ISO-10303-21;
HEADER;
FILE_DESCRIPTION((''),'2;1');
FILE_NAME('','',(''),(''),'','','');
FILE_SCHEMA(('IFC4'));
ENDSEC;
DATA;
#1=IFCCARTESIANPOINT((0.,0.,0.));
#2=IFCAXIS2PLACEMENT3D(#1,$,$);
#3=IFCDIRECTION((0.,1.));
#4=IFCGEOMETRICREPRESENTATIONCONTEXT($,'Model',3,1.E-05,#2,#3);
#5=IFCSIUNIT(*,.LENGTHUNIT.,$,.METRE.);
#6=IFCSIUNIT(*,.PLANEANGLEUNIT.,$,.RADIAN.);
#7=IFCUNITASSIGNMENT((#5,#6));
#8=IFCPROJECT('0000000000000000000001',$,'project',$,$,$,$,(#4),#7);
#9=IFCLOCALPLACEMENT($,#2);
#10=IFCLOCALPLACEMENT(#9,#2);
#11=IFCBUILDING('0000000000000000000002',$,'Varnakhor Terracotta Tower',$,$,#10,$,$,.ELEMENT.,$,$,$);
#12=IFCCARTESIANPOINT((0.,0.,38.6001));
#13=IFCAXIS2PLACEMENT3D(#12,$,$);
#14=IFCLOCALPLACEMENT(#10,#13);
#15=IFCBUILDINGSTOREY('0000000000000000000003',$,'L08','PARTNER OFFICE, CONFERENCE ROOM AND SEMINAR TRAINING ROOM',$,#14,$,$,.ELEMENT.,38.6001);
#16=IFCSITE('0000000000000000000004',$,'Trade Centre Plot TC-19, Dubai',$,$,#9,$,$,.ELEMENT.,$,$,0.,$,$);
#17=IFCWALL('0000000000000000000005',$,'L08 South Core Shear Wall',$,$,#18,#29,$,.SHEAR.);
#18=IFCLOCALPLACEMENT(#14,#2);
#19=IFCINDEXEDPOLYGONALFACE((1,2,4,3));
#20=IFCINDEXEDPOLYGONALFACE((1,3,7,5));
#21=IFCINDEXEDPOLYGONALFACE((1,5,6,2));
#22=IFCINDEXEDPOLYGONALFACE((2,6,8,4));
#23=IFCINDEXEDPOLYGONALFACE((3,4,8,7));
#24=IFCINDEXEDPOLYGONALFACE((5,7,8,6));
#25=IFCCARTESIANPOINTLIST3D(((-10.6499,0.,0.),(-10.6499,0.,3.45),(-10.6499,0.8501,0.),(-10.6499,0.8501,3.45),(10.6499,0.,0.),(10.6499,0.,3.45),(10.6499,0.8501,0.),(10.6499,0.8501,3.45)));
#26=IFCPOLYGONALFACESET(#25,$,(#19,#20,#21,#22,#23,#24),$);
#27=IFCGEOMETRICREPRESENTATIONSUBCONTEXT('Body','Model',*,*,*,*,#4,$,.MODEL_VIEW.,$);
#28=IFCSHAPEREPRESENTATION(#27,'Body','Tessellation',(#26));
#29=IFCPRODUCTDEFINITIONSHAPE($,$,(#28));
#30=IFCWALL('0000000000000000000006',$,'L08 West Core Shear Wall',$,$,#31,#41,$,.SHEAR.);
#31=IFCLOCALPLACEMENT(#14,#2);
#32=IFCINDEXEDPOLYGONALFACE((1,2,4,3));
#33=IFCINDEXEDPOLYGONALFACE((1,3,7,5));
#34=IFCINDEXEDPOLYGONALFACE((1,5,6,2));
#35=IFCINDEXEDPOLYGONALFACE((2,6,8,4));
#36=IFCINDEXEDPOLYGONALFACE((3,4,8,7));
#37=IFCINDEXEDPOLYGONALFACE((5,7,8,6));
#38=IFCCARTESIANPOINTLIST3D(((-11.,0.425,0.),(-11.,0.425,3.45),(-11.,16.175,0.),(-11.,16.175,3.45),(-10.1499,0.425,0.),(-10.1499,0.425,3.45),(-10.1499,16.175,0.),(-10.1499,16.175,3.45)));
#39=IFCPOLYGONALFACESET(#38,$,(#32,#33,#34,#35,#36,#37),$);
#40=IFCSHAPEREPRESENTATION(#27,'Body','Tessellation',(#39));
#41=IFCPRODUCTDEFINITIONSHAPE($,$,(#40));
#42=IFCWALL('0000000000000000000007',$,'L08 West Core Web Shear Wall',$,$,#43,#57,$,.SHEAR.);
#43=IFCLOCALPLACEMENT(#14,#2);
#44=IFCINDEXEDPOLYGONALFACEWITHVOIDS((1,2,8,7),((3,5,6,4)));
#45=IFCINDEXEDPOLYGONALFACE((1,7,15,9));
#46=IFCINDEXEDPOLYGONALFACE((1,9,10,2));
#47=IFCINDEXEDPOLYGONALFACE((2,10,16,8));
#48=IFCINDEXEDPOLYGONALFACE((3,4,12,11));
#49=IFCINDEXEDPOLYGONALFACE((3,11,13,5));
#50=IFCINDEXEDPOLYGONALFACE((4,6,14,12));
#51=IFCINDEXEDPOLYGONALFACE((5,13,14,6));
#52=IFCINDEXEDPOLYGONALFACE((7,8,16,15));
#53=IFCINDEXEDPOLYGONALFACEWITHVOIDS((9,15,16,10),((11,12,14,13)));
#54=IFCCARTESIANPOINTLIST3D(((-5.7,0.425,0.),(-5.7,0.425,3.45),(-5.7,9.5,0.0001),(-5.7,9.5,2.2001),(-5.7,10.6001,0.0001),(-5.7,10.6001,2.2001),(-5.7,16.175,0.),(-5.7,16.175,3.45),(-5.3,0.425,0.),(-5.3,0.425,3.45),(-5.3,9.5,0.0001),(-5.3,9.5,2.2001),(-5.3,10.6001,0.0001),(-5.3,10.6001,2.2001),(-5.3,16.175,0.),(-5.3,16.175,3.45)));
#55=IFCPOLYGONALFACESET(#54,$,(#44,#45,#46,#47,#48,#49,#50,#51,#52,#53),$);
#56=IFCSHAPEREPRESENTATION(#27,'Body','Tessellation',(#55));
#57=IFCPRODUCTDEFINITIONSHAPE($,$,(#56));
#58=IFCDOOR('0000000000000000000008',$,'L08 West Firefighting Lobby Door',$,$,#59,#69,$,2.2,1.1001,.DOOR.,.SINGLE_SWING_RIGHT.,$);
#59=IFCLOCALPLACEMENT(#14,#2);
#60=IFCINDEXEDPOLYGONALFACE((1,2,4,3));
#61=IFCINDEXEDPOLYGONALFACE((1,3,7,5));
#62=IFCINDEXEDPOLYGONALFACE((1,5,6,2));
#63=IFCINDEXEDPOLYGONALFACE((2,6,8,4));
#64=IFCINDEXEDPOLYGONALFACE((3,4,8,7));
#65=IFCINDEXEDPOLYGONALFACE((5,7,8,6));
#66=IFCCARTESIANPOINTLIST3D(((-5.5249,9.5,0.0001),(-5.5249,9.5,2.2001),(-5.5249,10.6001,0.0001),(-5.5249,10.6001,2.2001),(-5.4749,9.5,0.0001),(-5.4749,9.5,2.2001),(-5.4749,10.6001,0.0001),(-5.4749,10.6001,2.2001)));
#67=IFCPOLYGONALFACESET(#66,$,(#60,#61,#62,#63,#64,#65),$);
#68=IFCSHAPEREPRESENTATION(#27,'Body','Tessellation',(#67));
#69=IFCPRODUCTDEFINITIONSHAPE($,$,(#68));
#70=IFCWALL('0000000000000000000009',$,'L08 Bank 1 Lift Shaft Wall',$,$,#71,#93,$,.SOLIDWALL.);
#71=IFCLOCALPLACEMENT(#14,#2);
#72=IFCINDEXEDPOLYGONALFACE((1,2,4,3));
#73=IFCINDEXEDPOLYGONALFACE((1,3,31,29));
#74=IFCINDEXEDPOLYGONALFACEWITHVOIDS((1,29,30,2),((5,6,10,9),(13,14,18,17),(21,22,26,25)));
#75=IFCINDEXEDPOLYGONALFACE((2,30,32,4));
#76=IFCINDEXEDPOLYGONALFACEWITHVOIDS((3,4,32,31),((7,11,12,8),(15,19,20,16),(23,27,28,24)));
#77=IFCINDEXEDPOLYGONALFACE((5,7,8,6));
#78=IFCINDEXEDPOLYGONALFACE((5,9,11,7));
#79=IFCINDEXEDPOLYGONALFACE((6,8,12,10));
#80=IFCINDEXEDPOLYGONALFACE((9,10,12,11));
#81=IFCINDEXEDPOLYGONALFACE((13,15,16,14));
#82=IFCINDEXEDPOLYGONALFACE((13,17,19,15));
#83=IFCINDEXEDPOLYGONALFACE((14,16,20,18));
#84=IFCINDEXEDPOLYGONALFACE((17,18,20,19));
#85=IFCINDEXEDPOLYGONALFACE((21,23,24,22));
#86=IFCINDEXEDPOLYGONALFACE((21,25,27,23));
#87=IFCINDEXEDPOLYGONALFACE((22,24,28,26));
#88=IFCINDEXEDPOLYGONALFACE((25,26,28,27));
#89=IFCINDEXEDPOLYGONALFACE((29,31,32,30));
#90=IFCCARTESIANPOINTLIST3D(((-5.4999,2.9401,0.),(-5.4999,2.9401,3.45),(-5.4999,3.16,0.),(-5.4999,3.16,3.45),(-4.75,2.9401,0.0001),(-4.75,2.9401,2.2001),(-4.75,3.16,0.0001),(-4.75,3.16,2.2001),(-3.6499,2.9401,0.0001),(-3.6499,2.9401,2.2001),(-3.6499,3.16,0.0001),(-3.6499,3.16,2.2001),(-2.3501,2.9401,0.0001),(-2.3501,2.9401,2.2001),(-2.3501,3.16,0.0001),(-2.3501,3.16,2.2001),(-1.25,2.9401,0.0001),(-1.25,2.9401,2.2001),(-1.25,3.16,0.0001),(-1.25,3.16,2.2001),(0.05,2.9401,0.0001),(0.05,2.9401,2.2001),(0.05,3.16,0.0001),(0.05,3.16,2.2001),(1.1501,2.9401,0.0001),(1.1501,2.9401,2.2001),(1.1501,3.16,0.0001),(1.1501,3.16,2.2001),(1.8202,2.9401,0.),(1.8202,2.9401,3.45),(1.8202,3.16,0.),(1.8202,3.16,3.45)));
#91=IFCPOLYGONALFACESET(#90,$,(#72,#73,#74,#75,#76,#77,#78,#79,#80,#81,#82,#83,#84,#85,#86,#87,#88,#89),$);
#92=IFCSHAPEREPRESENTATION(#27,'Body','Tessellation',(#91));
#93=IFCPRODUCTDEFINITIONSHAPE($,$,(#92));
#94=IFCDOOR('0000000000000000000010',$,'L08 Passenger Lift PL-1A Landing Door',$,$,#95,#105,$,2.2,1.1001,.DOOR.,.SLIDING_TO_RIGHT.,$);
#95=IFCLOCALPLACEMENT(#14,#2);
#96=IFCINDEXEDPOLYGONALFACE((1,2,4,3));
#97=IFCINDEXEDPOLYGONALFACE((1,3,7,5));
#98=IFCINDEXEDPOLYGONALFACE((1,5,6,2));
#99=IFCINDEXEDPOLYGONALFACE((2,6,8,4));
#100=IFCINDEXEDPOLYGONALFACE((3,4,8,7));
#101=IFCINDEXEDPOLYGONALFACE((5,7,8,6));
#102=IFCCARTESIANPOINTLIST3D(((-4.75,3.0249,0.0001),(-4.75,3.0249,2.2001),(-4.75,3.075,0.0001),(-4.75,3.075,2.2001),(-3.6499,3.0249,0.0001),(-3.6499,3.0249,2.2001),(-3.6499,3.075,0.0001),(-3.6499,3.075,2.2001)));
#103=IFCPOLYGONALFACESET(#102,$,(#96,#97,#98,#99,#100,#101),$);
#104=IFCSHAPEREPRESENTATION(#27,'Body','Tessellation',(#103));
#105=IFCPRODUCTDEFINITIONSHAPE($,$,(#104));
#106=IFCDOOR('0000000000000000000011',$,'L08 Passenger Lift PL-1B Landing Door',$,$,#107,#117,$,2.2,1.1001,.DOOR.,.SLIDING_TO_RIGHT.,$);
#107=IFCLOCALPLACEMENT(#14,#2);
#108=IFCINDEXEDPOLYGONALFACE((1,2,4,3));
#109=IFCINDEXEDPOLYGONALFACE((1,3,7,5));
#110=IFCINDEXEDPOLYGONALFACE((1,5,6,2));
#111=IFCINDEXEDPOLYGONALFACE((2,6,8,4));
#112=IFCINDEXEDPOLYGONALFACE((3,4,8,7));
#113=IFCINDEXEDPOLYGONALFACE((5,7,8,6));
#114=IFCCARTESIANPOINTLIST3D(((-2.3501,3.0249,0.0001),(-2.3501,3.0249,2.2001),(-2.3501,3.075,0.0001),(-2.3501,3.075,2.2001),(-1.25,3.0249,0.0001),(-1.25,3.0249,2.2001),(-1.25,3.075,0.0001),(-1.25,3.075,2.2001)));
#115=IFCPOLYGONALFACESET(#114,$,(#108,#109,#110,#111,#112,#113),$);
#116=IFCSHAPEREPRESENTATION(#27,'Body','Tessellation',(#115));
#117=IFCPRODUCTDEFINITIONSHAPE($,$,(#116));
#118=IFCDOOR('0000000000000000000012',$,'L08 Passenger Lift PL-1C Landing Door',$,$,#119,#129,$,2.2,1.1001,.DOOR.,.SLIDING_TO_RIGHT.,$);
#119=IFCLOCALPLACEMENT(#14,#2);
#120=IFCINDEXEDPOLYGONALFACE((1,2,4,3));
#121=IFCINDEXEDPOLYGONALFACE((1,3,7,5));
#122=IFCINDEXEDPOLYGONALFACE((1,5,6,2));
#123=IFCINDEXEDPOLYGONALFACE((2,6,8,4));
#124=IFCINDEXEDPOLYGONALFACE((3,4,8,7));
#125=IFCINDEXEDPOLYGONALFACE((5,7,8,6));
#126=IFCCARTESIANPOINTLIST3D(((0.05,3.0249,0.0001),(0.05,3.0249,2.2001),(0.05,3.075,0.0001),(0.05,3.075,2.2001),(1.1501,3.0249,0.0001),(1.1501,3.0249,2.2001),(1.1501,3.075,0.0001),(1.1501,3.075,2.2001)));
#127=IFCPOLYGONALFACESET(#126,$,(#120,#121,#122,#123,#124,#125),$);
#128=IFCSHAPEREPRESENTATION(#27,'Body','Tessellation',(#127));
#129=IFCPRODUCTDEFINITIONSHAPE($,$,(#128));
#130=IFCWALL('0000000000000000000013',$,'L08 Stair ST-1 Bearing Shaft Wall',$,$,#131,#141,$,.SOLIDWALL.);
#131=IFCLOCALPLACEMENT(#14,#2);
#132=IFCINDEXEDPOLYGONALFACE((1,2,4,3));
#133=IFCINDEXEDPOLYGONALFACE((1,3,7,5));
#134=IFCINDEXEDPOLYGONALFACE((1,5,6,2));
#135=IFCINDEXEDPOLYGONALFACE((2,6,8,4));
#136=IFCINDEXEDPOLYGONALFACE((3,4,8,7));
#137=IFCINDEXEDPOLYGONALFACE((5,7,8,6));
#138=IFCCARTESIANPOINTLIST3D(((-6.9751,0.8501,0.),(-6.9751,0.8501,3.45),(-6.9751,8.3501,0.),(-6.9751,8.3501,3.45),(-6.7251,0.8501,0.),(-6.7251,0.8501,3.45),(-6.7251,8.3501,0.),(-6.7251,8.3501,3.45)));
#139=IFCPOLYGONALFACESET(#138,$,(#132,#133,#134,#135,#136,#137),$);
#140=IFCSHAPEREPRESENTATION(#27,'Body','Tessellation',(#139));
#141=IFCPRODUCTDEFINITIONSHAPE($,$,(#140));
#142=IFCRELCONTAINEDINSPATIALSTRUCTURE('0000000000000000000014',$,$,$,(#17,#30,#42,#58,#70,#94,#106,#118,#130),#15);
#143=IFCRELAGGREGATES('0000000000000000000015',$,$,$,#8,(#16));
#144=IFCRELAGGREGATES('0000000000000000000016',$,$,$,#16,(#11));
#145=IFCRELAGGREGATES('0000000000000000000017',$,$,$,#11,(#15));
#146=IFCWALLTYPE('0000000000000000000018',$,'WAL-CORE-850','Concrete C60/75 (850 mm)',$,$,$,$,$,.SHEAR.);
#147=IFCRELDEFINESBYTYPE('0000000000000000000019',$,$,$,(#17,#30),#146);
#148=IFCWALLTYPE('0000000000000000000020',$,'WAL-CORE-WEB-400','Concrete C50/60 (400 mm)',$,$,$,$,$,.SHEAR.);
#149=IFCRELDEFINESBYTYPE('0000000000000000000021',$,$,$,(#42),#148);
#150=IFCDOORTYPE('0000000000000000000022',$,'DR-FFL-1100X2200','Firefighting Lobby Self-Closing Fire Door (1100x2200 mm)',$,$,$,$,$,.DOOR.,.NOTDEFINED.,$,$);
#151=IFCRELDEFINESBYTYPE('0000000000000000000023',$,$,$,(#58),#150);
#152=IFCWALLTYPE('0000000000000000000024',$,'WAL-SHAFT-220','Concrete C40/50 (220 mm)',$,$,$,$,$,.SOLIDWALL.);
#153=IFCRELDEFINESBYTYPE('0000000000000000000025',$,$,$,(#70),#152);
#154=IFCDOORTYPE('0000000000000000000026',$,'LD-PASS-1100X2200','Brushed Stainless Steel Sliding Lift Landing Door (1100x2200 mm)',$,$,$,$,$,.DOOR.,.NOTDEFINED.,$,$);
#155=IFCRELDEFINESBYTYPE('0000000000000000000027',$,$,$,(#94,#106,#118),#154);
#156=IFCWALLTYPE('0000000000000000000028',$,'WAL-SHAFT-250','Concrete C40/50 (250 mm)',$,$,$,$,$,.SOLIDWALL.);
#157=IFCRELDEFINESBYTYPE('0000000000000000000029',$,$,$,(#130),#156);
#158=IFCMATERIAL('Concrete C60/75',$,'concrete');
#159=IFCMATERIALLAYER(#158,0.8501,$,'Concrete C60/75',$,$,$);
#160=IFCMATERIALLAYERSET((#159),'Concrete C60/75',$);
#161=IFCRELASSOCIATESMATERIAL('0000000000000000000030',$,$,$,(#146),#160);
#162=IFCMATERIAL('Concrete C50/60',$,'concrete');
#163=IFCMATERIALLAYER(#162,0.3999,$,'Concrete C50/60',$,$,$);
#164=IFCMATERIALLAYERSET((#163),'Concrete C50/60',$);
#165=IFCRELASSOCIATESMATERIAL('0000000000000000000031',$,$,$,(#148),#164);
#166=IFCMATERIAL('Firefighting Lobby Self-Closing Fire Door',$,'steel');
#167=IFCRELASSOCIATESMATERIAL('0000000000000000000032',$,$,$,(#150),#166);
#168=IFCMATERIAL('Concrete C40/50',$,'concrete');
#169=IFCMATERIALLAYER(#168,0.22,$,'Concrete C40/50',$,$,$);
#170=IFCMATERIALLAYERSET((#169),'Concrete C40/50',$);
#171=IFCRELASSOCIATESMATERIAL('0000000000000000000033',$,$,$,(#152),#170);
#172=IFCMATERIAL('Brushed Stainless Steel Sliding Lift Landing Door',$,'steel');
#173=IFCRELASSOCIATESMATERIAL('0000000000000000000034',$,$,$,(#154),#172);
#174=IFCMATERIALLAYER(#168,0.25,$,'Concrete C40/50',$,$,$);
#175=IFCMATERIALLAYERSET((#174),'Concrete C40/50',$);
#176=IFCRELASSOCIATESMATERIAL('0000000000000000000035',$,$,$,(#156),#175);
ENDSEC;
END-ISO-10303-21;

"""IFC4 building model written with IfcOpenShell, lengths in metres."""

from ifc_helpers import new_model, si_unit, direction, frame, frame_2d, origin, place, context, subcontext, project, spatial, rectangle, extrude, source, transform, mapped, material, layer, layer_set, type_object, type_shapes, element, fill, save


model = new_model("IFC4")

# Units and contexts
model_context = context("Model", 3, precision=1e-05, world=origin(), true_north=direction((0.0, 1.0)))
body_context = subcontext(model_context, "Body", "Model", "MODEL_VIEW")
ifc_project = project(units=[si_unit("LENGTHUNIT", "METRE"), si_unit("PLANEANGLEUNIT", "RADIAN")], contexts=[model_context])

# Site, building, storey
site_placement = place(None, origin())
site = spatial("IfcSite", under=ifc_project, at=site_placement, Name="Trade Centre Plot TC-19, Dubai", CompositionType="ELEMENT", RefElevation=0.0)
building_placement = place(site_placement, origin())
building = spatial("IfcBuilding", under=site, at=building_placement, Name="Varnakhor Terracotta Tower", CompositionType="ELEMENT")
storey_placement = place(building_placement, frame((0.0, 0.0, 38.6001)))
storey = spatial("IfcBuildingStorey", under=building, at=storey_placement, Name="L08", Description="PARTNER OFFICE, CONFERENCE ROOM AND SEMINAR TRAINING ROOM", CompositionType="ELEMENT", Elevation=38.6001)

# Shared definitions
ifc_material_1 = material(Name="Concrete C50/60", Category="concrete")

# Walls
ifc_material_2 = material(Name="Concrete C60/75", Category="concrete")
ifc_layer_1 = layer(ifc_material_2, 0.8501, Name="Concrete C60/75")
ifc_layer_set_1 = layer_set([ifc_layer_1], Name="Concrete C60/75")
wall_type_1 = type_object("IfcWallType", Name="WAL-CORE-850", Description="Concrete C60/75 (850 mm)", PredefinedType="SHEAR", material=ifc_layer_set_1)
wall_1_placement = place(storey_placement, frame((-10.6499, 0.425, 0.0), z_axis=(0.0, 0.0, 1.0), x_axis=(1.0, 0.0, 0.0)))
element("IfcWall", 1, at=wall_1_placement, inside=storey, type_object=wall_type_1, Name="L08 South Core Shear Wall", PredefinedType="SHEAR", context=body_context, shape_type="SweptSolid", body=[
    extrude(rectangle(XDim=21.2998, YDim=0.8501, at=frame_2d((10.6499, 0.0))), origin(), (0.0, 0.0, 1.0), 3.45),
])
wall_2_placement = place(storey_placement, frame((-10.575, 0.425, 0.0), z_axis=(0.0, 0.0, 1.0), x_axis=(0.0, 1.0, 0.0)))
element("IfcWall", 2, at=wall_2_placement, inside=storey, type_object=wall_type_1, Name="L08 West Core Shear Wall", PredefinedType="SHEAR", context=body_context, shape_type="SweptSolid", body=[
    extrude(rectangle(XDim=15.75, YDim=0.8501, at=frame_2d((7.875, 0.0))), origin(), (0.0, 0.0, 1.0), 3.45),
])

# Wall, opening, door
ifc_layer_2 = layer(ifc_material_1, 0.3999, Name="Concrete C50/60")
ifc_layer_set_2 = layer_set([ifc_layer_2], Name="Concrete C50/60")
wall_type_2 = type_object("IfcWallType", Name="WAL-CORE-WEB-400", Description="Concrete C50/60 (400 mm)", PredefinedType="SHEAR", material=ifc_layer_set_2)
wall_3_placement = place(storey_placement, frame((-5.5, 0.425, 0.0), z_axis=(0.0, 0.0, 1.0), x_axis=(0.0, 1.0, 0.0)))
wall_3 = element("IfcWall", 3, at=wall_3_placement, inside=storey, type_object=wall_type_2, Name="L08 West Core Web Shear Wall", PredefinedType="SHEAR", context=body_context, shape_type="SweptSolid", body=[
    extrude(rectangle(XDim=15.75, YDim=0.3999, at=frame_2d((7.875, 0.0))), origin(), (0.0, 0.0, 1.0), 3.45),
])
opening_1_placement = place(wall_3_placement, frame((9.075, 0.0, 0.0)))
opening_1 = element("IfcOpeningElement", 4, at=opening_1_placement, cuts=wall_3, PredefinedType="OPENING", context=body_context, shape_type="SweptSolid", body=[
    extrude(rectangle(XDim=1.1001, YDim=2.2, at=frame_2d((0.55, 1.1001))), frame((0.0, 0.21, 0.0), z_axis=(0.0, -1.0, 0.0), x_axis=(1.0, 0.0, 0.0)), (0.0, 0.0, 1.0), 0.4199),
])
ifc_material_3 = material(Name="Firefighting Lobby Self-Closing Fire Door", Category="steel")
door_type_1 = type_object("IfcDoorType", Name="DR-FFL-1100X2200", Description="Firefighting Lobby Self-Closing Fire Door (1100x2200 mm)", OperationType="NOTDEFINED", PredefinedType="DOOR", material=ifc_material_3)
shared_shape_1 = source(origin(), body_context, "Body", "SweptSolid", [
    extrude(rectangle(XDim=1.1001, YDim=2.2, at=frame_2d((0.55, 1.1001))), frame((0.0, 0.0249, 0.0), z_axis=(0.0, -1.0, 0.0), x_axis=(1.0, 0.0, 0.0)), (0.0, 0.0, 1.0), 0.05),
])
type_shapes(door_type_1, [shared_shape_1])
door_1_placement = place(opening_1_placement, origin())
door_1 = element("IfcDoor", 5, at=door_1_placement, inside=storey, type_object=door_type_1, Name="L08 West Firefighting Lobby Door", OperationType="SINGLE_SWING_RIGHT", OverallHeight=2.2, OverallWidth=1.1001, PredefinedType="DOOR", context=body_context, shape_type="MappedRepresentation", body=[
    mapped(shared_shape_1, transform((0.0, 0.0, 0.0), scale=1.0)),
])
fill(opening_1, door_1)

# Wall, openings, doors
ifc_material_4 = material(Name="Concrete C40/50", Category="concrete")
ifc_layer_3 = layer(ifc_material_4, 0.22, Name="Concrete C40/50")
ifc_layer_set_3 = layer_set([ifc_layer_3], Name="Concrete C40/50")
wall_type_3 = type_object("IfcWallType", Name="WAL-SHAFT-220", Description="Concrete C40/50 (220 mm)", PredefinedType="SOLIDWALL", material=ifc_layer_set_3)
wall_4_placement = place(storey_placement, frame((-5.5, 3.05, 0.0), z_axis=(0.0, 0.0, 1.0), x_axis=(1.0, 0.0, 0.0)))
wall_4 = element("IfcWall", 6, at=wall_4_placement, inside=storey, type_object=wall_type_3, Name="L08 Bank 1 Lift Shaft Wall", PredefinedType="SOLIDWALL", context=body_context, shape_type="SweptSolid", body=[
    extrude(rectangle(XDim=7.3201, YDim=0.22, at=frame_2d((3.6602, 0.0))), origin(), (0.0, 0.0, 1.0), 3.45),
])
opening_2_placement = place(wall_4_placement, frame((0.75, 0.0, 0.0)))
opening_2 = element("IfcOpeningElement", 7, at=opening_2_placement, cuts=wall_4, PredefinedType="OPENING", context=body_context, shape_type="SweptSolid", body=[
    extrude(rectangle(XDim=1.1001, YDim=2.2, at=frame_2d((0.55, 1.1001))), frame((0.0, 0.1201, 0.0), z_axis=(0.0, -1.0, 0.0), x_axis=(1.0, 0.0, 0.0)), (0.0, 0.0, 1.0), 0.24),
])
opening_3_placement = place(wall_4_placement, frame((3.1499, 0.0, 0.0)))
opening_3 = element("IfcOpeningElement", 8, at=opening_3_placement, cuts=wall_4, PredefinedType="OPENING", context=body_context, shape_type="SweptSolid", body=[
    extrude(rectangle(XDim=1.1001, YDim=2.2, at=frame_2d((0.55, 1.1001))), frame((0.0, 0.1201, 0.0), z_axis=(0.0, -1.0, 0.0), x_axis=(1.0, 0.0, 0.0)), (0.0, 0.0, 1.0), 0.24),
])
opening_4_placement = place(wall_4_placement, frame((5.55, 0.0, 0.0)))
opening_4 = element("IfcOpeningElement", 9, at=opening_4_placement, cuts=wall_4, PredefinedType="OPENING", context=body_context, shape_type="SweptSolid", body=[
    extrude(rectangle(XDim=1.1001, YDim=2.2, at=frame_2d((0.55, 1.1001))), frame((0.0, 0.1201, 0.0), z_axis=(0.0, -1.0, 0.0), x_axis=(1.0, 0.0, 0.0)), (0.0, 0.0, 1.0), 0.24),
])
ifc_material_5 = material(Name="Brushed Stainless Steel Sliding Lift Landing Door", Category="steel")
door_type_2 = type_object("IfcDoorType", Name="LD-PASS-1100X2200", Description="Brushed Stainless Steel Sliding Lift Landing Door (1100x2200 mm)", OperationType="NOTDEFINED", PredefinedType="DOOR", material=ifc_material_5)
shared_shape_2 = source(origin(), body_context, "Body", "SweptSolid", [
    extrude(rectangle(XDim=1.1001, YDim=2.2, at=frame_2d((0.55, 1.1001))), frame((0.0, 0.0249, 0.0), z_axis=(0.0, -1.0, 0.0), x_axis=(1.0, 0.0, 0.0)), (0.0, 0.0, 1.0), 0.05),
])
type_shapes(door_type_2, [shared_shape_2])
door_2_placement = place(opening_2_placement, origin())
door_2 = element("IfcDoor", 10, at=door_2_placement, inside=storey, type_object=door_type_2, Name="L08 Passenger Lift PL-1A Landing Door", OperationType="SLIDING_TO_RIGHT", OverallHeight=2.2, OverallWidth=1.1001, PredefinedType="DOOR", context=body_context, shape_type="MappedRepresentation", body=[
    mapped(shared_shape_2, transform((0.0, 0.0, 0.0), scale=1.0)),
])
fill(opening_2, door_2)
door_3_placement = place(opening_3_placement, origin())
door_3 = element("IfcDoor", 11, at=door_3_placement, inside=storey, type_object=door_type_2, Name="L08 Passenger Lift PL-1B Landing Door", OperationType="SLIDING_TO_RIGHT", OverallHeight=2.2, OverallWidth=1.1001, PredefinedType="DOOR", context=body_context, shape_type="MappedRepresentation", body=[
    mapped(shared_shape_2, transform((0.0, 0.0, 0.0), scale=1.0)),
])
fill(opening_3, door_3)
door_4_placement = place(opening_4_placement, origin())
door_4 = element("IfcDoor", 12, at=door_4_placement, inside=storey, type_object=door_type_2, Name="L08 Passenger Lift PL-1C Landing Door", OperationType="SLIDING_TO_RIGHT", OverallHeight=2.2, OverallWidth=1.1001, PredefinedType="DOOR", context=body_context, shape_type="MappedRepresentation", body=[
    mapped(shared_shape_2, transform((0.0, 0.0, 0.0), scale=1.0)),
])
fill(opening_4, door_4)

# Wall
ifc_layer_4 = layer(ifc_material_4, 0.25, Name="Concrete C40/50")
ifc_layer_set_4 = layer_set([ifc_layer_4], Name="Concrete C40/50")
wall_type_4 = type_object("IfcWallType", Name="WAL-SHAFT-250", Description="Concrete C40/50 (250 mm)", PredefinedType="SOLIDWALL", material=ifc_layer_set_4)
wall_5_placement = place(storey_placement, frame((-6.8501, 0.8501, 0.0), z_axis=(0.0, 0.0, 1.0), x_axis=(0.0, 1.0, 0.0)))
element("IfcWall", 13, at=wall_5_placement, inside=storey, type_object=wall_type_4, Name="L08 Stair ST-1 Bearing Shaft Wall", PredefinedType="SOLIDWALL", context=body_context, shape_type="SweptSolid", body=[
    extrude(rectangle(XDim=7.5, YDim=0.25, at=frame_2d((3.75, 0.0))), origin(), (0.0, 0.0, 1.0), 3.45),
])

save(model, "model.ifc")
